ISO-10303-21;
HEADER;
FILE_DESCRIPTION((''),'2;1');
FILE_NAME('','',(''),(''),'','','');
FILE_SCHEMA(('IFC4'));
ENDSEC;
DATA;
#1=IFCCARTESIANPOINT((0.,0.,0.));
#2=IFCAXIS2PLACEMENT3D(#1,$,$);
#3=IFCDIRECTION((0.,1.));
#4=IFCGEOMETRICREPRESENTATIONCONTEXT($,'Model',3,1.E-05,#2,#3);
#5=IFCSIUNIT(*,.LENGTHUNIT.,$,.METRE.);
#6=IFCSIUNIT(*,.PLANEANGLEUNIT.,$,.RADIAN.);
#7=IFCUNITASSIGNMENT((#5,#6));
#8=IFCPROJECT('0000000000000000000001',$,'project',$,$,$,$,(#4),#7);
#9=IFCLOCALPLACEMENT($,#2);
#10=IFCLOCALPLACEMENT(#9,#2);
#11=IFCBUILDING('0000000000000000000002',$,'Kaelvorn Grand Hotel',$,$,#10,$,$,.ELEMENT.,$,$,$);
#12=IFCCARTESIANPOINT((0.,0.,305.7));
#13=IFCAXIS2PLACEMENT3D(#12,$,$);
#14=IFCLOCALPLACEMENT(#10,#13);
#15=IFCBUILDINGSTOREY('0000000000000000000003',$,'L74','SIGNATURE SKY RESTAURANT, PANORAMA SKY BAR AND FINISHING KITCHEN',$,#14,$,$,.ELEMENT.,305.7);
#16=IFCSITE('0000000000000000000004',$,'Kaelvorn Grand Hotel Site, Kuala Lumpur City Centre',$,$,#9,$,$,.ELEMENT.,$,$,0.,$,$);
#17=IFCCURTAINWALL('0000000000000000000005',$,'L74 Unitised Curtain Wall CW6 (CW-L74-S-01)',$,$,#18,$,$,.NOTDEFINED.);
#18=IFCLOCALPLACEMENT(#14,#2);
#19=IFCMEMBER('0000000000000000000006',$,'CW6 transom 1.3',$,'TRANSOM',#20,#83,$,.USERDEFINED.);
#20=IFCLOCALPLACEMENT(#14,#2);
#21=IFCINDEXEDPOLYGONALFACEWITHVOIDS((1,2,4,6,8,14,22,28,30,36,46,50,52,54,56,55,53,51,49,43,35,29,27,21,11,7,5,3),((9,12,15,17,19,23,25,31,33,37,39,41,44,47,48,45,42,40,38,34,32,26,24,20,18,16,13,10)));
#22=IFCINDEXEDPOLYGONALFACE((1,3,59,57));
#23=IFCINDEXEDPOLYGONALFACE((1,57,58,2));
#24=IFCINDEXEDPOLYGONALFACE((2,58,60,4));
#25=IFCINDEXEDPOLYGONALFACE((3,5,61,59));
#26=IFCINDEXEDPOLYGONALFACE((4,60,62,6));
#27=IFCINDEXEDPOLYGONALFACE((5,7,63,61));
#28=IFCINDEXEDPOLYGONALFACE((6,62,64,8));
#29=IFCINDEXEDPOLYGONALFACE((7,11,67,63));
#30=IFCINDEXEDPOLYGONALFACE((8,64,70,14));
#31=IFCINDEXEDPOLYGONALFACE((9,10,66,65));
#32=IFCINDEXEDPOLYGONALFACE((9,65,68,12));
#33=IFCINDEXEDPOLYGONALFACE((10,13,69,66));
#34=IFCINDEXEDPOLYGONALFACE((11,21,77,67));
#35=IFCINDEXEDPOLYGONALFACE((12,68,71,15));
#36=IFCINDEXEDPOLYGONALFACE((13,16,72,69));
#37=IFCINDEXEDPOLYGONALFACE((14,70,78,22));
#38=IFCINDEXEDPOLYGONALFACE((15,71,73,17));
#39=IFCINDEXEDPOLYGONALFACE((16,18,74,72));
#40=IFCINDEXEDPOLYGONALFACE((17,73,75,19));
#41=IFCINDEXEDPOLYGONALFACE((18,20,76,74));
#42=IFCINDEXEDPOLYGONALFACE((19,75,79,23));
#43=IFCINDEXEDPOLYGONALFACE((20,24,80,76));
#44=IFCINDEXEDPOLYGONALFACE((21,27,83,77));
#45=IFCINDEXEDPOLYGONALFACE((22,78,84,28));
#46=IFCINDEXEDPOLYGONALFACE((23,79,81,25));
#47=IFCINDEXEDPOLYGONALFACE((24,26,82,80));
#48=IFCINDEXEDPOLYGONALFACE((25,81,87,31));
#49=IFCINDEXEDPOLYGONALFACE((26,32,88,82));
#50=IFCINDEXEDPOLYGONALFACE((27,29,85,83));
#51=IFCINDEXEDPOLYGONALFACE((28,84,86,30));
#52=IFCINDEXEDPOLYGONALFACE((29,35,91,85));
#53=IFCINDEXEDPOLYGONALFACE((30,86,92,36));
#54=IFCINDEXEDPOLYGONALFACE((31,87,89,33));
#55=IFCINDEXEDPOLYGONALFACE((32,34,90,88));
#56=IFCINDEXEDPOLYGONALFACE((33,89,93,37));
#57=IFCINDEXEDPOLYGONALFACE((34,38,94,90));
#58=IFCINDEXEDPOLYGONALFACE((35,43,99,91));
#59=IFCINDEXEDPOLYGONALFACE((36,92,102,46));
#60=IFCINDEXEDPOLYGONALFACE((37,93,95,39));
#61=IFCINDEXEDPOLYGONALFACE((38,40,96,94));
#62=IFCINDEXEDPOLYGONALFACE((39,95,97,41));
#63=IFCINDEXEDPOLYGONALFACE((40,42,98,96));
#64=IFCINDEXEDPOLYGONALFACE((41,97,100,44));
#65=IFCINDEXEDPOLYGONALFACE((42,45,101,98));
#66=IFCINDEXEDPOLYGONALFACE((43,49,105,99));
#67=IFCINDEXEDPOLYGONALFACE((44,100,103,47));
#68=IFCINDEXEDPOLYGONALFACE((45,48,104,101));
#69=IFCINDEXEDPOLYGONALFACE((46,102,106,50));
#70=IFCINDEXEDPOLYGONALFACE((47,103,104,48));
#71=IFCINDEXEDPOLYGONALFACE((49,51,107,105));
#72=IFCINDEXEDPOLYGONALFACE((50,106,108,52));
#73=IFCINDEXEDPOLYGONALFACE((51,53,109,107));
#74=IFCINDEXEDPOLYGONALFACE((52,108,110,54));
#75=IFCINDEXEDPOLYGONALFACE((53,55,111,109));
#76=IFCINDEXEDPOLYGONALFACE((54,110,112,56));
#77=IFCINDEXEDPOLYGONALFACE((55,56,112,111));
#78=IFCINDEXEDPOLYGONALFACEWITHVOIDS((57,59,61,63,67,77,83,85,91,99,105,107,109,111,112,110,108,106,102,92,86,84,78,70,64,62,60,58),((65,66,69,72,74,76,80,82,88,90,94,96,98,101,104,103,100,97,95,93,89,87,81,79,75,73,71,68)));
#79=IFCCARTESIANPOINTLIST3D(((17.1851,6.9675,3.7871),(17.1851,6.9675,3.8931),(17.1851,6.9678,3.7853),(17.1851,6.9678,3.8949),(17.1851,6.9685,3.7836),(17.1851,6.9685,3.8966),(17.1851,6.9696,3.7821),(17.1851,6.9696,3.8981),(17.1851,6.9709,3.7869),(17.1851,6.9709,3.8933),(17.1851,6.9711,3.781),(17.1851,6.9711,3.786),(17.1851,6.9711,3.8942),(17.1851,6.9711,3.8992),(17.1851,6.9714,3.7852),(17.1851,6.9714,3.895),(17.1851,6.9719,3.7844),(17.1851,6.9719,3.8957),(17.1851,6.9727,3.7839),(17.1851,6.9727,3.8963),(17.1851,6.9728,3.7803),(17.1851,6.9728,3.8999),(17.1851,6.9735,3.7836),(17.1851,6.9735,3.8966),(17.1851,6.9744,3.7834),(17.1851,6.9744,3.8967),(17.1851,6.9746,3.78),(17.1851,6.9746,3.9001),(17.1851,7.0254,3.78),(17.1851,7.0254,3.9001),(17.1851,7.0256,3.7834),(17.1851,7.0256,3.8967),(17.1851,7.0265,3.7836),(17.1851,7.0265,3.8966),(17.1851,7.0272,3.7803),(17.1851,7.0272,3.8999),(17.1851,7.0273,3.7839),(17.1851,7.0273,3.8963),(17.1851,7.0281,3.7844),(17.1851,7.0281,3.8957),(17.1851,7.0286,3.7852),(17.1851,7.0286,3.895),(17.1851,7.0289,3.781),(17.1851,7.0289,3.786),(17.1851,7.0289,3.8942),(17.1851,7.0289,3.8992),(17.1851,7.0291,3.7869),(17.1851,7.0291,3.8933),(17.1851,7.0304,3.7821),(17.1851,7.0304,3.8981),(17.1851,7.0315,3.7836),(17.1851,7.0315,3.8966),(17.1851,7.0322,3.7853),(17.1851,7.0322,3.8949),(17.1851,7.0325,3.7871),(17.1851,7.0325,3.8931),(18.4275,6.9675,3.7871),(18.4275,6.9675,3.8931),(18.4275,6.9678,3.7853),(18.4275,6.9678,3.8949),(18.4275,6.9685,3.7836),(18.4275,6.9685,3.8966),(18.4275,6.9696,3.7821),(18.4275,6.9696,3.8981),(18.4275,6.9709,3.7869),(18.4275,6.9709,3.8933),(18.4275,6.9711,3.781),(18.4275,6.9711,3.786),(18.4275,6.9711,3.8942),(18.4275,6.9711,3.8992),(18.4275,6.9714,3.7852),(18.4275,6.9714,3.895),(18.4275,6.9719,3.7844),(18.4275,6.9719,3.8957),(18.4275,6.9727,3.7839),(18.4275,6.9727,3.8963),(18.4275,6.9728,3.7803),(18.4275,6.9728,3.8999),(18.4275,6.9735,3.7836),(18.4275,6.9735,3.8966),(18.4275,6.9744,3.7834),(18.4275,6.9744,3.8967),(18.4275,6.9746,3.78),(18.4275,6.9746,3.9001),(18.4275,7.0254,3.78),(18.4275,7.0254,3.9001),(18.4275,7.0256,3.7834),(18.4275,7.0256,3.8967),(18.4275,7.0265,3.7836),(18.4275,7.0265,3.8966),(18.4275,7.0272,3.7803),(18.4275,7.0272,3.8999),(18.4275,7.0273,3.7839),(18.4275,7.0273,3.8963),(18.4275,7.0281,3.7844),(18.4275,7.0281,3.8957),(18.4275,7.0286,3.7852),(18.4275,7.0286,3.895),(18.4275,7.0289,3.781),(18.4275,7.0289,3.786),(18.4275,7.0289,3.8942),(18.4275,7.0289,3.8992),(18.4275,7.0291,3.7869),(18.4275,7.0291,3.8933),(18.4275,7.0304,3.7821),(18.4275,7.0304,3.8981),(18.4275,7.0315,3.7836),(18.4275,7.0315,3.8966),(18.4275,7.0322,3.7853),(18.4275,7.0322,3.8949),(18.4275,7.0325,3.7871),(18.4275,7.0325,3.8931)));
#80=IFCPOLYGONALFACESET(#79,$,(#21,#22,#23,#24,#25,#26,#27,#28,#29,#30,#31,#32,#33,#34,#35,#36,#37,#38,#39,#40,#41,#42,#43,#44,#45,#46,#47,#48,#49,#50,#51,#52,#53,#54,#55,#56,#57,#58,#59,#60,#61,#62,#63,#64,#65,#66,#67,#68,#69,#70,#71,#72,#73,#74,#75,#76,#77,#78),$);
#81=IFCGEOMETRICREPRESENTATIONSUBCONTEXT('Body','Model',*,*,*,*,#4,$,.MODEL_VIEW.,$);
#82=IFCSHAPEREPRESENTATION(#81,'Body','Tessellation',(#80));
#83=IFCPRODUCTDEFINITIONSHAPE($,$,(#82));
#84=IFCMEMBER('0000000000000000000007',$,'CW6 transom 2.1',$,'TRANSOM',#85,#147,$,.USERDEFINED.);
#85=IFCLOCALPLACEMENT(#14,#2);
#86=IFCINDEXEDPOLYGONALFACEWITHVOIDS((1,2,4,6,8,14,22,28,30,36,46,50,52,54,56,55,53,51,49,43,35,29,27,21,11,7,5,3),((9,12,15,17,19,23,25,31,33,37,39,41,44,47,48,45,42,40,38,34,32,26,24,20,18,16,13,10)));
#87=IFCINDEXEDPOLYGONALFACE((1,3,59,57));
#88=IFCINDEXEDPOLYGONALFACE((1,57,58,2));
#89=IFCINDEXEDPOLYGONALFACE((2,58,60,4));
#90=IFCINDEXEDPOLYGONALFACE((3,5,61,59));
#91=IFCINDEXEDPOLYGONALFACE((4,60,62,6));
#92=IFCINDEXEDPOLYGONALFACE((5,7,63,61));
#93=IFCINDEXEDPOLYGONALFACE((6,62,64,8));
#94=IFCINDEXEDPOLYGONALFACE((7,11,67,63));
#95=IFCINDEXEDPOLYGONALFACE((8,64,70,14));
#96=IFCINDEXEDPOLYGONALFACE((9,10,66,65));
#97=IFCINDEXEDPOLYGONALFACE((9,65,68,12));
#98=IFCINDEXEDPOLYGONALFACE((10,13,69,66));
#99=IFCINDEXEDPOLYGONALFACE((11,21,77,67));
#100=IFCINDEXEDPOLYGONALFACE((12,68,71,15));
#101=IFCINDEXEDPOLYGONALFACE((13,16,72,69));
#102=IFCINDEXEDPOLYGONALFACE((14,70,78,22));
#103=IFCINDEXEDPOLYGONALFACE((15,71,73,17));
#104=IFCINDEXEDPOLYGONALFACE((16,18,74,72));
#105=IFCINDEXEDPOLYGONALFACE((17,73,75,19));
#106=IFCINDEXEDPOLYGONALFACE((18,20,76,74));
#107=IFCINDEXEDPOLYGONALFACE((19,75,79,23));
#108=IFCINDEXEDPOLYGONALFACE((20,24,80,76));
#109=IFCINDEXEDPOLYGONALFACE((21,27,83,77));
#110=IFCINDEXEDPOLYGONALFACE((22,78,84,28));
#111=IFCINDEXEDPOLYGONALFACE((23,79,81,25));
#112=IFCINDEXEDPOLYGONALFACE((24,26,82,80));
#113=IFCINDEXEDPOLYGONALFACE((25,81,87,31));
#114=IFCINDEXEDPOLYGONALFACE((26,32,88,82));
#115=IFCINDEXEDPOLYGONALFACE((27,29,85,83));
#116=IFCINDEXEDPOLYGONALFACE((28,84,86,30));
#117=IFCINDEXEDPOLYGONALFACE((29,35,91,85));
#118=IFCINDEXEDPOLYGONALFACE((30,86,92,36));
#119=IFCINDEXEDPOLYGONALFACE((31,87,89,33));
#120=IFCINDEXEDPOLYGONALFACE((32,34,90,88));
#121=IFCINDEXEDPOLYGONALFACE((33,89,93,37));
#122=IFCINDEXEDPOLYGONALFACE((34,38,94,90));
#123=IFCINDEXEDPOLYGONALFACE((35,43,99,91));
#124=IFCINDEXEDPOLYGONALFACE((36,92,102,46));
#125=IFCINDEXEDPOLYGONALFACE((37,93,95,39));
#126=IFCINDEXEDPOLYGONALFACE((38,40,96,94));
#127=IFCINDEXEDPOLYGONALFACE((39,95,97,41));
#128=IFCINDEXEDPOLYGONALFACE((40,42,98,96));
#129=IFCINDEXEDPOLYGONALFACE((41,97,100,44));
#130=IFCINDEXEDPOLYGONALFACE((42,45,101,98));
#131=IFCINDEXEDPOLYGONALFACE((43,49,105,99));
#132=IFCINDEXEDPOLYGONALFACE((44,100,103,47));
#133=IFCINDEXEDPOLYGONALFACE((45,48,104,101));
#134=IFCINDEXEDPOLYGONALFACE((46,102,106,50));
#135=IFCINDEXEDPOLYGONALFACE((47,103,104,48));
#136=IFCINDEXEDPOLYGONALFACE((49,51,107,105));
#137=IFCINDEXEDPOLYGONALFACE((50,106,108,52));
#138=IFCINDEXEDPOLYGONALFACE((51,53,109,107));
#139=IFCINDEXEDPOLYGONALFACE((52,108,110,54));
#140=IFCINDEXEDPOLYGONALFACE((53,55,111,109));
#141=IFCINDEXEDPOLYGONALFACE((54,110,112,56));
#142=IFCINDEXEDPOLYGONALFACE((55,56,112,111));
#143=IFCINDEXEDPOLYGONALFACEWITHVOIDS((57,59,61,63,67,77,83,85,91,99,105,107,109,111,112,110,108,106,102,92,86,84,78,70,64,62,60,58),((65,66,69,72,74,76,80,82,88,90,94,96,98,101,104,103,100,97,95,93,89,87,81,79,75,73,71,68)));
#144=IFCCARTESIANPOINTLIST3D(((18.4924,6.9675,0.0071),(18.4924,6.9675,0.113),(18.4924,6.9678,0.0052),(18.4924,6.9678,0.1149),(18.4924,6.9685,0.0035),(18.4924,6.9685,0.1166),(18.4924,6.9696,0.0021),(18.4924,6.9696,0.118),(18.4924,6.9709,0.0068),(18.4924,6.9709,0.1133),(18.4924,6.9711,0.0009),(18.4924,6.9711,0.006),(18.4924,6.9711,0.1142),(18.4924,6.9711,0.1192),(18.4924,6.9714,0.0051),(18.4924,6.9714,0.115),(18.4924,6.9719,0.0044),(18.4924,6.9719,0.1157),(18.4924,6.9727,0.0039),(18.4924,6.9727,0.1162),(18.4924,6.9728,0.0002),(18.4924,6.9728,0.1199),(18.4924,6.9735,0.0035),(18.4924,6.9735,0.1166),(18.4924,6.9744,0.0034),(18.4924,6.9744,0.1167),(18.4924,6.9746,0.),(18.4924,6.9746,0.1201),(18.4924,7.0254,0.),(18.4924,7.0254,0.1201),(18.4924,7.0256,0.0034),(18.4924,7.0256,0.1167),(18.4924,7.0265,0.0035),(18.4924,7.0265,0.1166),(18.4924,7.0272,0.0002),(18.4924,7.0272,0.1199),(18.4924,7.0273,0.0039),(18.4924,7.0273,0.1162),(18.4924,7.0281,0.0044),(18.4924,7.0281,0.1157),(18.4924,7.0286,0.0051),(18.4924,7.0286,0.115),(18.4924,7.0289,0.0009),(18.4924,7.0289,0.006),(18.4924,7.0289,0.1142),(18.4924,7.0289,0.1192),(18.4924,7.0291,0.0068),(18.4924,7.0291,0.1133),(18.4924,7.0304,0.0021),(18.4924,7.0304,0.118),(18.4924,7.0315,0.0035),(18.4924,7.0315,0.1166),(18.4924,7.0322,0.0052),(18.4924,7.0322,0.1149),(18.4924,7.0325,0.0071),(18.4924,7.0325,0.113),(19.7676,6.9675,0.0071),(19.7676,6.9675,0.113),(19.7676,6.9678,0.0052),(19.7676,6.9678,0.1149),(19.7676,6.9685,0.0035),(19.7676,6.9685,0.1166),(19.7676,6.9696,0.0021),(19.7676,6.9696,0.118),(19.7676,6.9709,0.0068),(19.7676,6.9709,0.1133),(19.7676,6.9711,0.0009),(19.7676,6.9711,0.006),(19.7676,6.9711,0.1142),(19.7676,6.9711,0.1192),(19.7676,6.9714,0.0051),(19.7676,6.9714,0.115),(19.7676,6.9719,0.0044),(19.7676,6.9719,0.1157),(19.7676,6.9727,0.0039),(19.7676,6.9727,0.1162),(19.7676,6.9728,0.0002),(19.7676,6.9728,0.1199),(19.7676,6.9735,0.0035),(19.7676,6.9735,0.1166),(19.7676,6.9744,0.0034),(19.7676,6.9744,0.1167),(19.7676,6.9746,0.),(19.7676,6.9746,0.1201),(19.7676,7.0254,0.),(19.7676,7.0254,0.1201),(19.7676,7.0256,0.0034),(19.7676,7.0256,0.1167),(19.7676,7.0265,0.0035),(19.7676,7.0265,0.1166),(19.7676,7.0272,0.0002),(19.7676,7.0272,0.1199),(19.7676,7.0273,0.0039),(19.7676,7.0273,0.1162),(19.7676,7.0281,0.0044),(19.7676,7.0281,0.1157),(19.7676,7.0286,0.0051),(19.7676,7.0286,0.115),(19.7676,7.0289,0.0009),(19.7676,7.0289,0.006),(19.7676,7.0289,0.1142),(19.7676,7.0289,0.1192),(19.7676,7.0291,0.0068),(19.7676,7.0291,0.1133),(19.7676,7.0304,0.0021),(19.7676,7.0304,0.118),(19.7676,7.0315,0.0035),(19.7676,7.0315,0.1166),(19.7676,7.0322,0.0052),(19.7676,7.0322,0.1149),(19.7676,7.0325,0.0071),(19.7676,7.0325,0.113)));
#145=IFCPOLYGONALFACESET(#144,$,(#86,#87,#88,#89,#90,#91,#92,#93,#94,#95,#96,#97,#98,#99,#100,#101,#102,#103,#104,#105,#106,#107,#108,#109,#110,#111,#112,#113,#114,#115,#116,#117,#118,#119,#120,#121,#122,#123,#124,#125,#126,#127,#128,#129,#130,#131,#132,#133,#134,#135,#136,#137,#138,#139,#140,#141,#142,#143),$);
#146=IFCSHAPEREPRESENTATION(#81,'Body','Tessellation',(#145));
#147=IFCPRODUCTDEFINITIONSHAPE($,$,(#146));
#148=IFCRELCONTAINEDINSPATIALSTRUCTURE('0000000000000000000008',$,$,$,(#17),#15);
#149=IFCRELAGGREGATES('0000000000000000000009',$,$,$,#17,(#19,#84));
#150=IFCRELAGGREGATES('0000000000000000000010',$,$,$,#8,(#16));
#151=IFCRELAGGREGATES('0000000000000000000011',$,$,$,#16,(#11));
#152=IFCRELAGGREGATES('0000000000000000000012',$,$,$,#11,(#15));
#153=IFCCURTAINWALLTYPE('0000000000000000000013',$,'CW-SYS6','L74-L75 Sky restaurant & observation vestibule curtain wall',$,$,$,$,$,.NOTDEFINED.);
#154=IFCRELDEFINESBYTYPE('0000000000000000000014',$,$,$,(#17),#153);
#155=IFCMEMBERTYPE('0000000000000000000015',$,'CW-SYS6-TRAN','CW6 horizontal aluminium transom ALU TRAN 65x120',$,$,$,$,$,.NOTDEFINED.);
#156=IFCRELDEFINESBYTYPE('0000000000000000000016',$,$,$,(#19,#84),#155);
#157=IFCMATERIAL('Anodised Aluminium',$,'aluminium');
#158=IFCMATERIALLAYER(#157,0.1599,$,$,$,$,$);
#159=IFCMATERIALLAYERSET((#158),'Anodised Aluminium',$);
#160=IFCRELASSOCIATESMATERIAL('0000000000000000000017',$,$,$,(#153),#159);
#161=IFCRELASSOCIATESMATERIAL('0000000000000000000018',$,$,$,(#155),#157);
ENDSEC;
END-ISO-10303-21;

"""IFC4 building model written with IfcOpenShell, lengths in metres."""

from ifc_helpers import new_model, si_unit, direction, frame, origin, origin_2d, place, context, subcontext, project, spatial, hollow_rectangle, extrude, material, layer, layer_set, material_profile, profile_set, type_object, element, aggregate, save


model = new_model("IFC4")

# Units and contexts
model_context = context("Model", 3, precision=1e-05, world=origin(), true_north=direction((0.0, 1.0)))
body_context = subcontext(model_context, "Body", "Model", "MODEL_VIEW")
ifc_project = project(units=[si_unit("LENGTHUNIT", "METRE"), si_unit("PLANEANGLEUNIT", "RADIAN")], contexts=[model_context])

# Site, building, storey
site_placement = place(None, origin())
site = spatial("IfcSite", under=ifc_project, at=site_placement, Name="Kaelvorn Grand Hotel Site, Kuala Lumpur City Centre", CompositionType="ELEMENT", RefElevation=0.0)
building_placement = place(site_placement, origin())
building = spatial("IfcBuilding", under=site, at=building_placement, Name="Kaelvorn Grand Hotel", CompositionType="ELEMENT")
storey_placement = place(building_placement, frame((0.0, 0.0, 305.7)))
storey = spatial("IfcBuildingStorey", under=building, at=storey_placement, Name="L74", Description="SIGNATURE SKY RESTAURANT, PANORAMA SKY BAR AND FINISHING KITCHEN", CompositionType="ELEMENT", Elevation=305.7)

# Curtain wall, members
ifc_material_1 = material(Name="Anodised Aluminium", Category="aluminium")
ifc_layer_1 = layer(ifc_material_1, 0.1599)
ifc_layer_set_1 = layer_set([ifc_layer_1], Name="Anodised Aluminium")
curtain_wall_type = type_object("IfcCurtainWallType", Name="CW-SYS6", Description="L74-L75 Sky restaurant & observation vestibule curtain wall", PredefinedType="NOTDEFINED", material=ifc_layer_set_1)
curtain_wall_placement = place(storey_placement, origin())
curtain_wall = element("IfcCurtainWall", 1, at=curtain_wall_placement, inside=storey, type_object=curtain_wall_type, Name="L74 Unitised Curtain Wall CW6 (CW-L74-S-01)", PredefinedType="NOTDEFINED")
ifc_material_profile_1 = material_profile(ifc_material_1, hollow_rectangle(XDim=0.0649, YDim=0.1201, WallThickness=0.0034, InnerFilletRadius=0.0034, OuterFilletRadius=0.0071, at=origin_2d()), Name="ALU TRAN 65x120")
ifc_profile_set_1 = profile_set([ifc_material_profile_1], Name="Anodised Aluminium")
member_type_1 = type_object("IfcMemberType", Name="CW-SYS6-TRAN", Description="CW6 horizontal aluminium transom ALU TRAN 65x120", PredefinedType="NOTDEFINED", material=ifc_profile_set_1)
member_1_placement = place(storey_placement, frame((17.1851, 7.0, 3.8401), z_axis=(1.0, 0.0, 0.0), x_axis=(0.0, 1.0, 0.0)))
member_1 = element("IfcMember", 2, at=member_1_placement, type_object=member_type_1, Name="CW6 transom 1.3", ObjectType="TRANSOM", PredefinedType="USERDEFINED", context=body_context, shape_type="SweptSolid", body=[
    extrude(hollow_rectangle(XDim=0.0649, YDim=0.1201, WallThickness=0.0034, InnerFilletRadius=0.0034, OuterFilletRadius=0.0071, at=origin_2d()), origin(), (0.0, 0.0, 1.0), 1.2424),
])
member_2_placement = place(storey_placement, frame((18.4924, 7.0, 0.0601), z_axis=(1.0, 0.0, 0.0), x_axis=(0.0, 1.0, 0.0)))
member_2 = element("IfcMember", 3, at=member_2_placement, type_object=member_type_1, Name="CW6 transom 2.1", ObjectType="TRANSOM", PredefinedType="USERDEFINED", context=body_context, shape_type="SweptSolid", body=[
    extrude(hollow_rectangle(XDim=0.0649, YDim=0.1201, WallThickness=0.0034, InnerFilletRadius=0.0034, OuterFilletRadius=0.0071, at=origin_2d()), origin(), (0.0, 0.0, 1.0), 1.2751),
])
aggregate(curtain_wall, [member_1, member_2])

save(model, "model.ifc")
